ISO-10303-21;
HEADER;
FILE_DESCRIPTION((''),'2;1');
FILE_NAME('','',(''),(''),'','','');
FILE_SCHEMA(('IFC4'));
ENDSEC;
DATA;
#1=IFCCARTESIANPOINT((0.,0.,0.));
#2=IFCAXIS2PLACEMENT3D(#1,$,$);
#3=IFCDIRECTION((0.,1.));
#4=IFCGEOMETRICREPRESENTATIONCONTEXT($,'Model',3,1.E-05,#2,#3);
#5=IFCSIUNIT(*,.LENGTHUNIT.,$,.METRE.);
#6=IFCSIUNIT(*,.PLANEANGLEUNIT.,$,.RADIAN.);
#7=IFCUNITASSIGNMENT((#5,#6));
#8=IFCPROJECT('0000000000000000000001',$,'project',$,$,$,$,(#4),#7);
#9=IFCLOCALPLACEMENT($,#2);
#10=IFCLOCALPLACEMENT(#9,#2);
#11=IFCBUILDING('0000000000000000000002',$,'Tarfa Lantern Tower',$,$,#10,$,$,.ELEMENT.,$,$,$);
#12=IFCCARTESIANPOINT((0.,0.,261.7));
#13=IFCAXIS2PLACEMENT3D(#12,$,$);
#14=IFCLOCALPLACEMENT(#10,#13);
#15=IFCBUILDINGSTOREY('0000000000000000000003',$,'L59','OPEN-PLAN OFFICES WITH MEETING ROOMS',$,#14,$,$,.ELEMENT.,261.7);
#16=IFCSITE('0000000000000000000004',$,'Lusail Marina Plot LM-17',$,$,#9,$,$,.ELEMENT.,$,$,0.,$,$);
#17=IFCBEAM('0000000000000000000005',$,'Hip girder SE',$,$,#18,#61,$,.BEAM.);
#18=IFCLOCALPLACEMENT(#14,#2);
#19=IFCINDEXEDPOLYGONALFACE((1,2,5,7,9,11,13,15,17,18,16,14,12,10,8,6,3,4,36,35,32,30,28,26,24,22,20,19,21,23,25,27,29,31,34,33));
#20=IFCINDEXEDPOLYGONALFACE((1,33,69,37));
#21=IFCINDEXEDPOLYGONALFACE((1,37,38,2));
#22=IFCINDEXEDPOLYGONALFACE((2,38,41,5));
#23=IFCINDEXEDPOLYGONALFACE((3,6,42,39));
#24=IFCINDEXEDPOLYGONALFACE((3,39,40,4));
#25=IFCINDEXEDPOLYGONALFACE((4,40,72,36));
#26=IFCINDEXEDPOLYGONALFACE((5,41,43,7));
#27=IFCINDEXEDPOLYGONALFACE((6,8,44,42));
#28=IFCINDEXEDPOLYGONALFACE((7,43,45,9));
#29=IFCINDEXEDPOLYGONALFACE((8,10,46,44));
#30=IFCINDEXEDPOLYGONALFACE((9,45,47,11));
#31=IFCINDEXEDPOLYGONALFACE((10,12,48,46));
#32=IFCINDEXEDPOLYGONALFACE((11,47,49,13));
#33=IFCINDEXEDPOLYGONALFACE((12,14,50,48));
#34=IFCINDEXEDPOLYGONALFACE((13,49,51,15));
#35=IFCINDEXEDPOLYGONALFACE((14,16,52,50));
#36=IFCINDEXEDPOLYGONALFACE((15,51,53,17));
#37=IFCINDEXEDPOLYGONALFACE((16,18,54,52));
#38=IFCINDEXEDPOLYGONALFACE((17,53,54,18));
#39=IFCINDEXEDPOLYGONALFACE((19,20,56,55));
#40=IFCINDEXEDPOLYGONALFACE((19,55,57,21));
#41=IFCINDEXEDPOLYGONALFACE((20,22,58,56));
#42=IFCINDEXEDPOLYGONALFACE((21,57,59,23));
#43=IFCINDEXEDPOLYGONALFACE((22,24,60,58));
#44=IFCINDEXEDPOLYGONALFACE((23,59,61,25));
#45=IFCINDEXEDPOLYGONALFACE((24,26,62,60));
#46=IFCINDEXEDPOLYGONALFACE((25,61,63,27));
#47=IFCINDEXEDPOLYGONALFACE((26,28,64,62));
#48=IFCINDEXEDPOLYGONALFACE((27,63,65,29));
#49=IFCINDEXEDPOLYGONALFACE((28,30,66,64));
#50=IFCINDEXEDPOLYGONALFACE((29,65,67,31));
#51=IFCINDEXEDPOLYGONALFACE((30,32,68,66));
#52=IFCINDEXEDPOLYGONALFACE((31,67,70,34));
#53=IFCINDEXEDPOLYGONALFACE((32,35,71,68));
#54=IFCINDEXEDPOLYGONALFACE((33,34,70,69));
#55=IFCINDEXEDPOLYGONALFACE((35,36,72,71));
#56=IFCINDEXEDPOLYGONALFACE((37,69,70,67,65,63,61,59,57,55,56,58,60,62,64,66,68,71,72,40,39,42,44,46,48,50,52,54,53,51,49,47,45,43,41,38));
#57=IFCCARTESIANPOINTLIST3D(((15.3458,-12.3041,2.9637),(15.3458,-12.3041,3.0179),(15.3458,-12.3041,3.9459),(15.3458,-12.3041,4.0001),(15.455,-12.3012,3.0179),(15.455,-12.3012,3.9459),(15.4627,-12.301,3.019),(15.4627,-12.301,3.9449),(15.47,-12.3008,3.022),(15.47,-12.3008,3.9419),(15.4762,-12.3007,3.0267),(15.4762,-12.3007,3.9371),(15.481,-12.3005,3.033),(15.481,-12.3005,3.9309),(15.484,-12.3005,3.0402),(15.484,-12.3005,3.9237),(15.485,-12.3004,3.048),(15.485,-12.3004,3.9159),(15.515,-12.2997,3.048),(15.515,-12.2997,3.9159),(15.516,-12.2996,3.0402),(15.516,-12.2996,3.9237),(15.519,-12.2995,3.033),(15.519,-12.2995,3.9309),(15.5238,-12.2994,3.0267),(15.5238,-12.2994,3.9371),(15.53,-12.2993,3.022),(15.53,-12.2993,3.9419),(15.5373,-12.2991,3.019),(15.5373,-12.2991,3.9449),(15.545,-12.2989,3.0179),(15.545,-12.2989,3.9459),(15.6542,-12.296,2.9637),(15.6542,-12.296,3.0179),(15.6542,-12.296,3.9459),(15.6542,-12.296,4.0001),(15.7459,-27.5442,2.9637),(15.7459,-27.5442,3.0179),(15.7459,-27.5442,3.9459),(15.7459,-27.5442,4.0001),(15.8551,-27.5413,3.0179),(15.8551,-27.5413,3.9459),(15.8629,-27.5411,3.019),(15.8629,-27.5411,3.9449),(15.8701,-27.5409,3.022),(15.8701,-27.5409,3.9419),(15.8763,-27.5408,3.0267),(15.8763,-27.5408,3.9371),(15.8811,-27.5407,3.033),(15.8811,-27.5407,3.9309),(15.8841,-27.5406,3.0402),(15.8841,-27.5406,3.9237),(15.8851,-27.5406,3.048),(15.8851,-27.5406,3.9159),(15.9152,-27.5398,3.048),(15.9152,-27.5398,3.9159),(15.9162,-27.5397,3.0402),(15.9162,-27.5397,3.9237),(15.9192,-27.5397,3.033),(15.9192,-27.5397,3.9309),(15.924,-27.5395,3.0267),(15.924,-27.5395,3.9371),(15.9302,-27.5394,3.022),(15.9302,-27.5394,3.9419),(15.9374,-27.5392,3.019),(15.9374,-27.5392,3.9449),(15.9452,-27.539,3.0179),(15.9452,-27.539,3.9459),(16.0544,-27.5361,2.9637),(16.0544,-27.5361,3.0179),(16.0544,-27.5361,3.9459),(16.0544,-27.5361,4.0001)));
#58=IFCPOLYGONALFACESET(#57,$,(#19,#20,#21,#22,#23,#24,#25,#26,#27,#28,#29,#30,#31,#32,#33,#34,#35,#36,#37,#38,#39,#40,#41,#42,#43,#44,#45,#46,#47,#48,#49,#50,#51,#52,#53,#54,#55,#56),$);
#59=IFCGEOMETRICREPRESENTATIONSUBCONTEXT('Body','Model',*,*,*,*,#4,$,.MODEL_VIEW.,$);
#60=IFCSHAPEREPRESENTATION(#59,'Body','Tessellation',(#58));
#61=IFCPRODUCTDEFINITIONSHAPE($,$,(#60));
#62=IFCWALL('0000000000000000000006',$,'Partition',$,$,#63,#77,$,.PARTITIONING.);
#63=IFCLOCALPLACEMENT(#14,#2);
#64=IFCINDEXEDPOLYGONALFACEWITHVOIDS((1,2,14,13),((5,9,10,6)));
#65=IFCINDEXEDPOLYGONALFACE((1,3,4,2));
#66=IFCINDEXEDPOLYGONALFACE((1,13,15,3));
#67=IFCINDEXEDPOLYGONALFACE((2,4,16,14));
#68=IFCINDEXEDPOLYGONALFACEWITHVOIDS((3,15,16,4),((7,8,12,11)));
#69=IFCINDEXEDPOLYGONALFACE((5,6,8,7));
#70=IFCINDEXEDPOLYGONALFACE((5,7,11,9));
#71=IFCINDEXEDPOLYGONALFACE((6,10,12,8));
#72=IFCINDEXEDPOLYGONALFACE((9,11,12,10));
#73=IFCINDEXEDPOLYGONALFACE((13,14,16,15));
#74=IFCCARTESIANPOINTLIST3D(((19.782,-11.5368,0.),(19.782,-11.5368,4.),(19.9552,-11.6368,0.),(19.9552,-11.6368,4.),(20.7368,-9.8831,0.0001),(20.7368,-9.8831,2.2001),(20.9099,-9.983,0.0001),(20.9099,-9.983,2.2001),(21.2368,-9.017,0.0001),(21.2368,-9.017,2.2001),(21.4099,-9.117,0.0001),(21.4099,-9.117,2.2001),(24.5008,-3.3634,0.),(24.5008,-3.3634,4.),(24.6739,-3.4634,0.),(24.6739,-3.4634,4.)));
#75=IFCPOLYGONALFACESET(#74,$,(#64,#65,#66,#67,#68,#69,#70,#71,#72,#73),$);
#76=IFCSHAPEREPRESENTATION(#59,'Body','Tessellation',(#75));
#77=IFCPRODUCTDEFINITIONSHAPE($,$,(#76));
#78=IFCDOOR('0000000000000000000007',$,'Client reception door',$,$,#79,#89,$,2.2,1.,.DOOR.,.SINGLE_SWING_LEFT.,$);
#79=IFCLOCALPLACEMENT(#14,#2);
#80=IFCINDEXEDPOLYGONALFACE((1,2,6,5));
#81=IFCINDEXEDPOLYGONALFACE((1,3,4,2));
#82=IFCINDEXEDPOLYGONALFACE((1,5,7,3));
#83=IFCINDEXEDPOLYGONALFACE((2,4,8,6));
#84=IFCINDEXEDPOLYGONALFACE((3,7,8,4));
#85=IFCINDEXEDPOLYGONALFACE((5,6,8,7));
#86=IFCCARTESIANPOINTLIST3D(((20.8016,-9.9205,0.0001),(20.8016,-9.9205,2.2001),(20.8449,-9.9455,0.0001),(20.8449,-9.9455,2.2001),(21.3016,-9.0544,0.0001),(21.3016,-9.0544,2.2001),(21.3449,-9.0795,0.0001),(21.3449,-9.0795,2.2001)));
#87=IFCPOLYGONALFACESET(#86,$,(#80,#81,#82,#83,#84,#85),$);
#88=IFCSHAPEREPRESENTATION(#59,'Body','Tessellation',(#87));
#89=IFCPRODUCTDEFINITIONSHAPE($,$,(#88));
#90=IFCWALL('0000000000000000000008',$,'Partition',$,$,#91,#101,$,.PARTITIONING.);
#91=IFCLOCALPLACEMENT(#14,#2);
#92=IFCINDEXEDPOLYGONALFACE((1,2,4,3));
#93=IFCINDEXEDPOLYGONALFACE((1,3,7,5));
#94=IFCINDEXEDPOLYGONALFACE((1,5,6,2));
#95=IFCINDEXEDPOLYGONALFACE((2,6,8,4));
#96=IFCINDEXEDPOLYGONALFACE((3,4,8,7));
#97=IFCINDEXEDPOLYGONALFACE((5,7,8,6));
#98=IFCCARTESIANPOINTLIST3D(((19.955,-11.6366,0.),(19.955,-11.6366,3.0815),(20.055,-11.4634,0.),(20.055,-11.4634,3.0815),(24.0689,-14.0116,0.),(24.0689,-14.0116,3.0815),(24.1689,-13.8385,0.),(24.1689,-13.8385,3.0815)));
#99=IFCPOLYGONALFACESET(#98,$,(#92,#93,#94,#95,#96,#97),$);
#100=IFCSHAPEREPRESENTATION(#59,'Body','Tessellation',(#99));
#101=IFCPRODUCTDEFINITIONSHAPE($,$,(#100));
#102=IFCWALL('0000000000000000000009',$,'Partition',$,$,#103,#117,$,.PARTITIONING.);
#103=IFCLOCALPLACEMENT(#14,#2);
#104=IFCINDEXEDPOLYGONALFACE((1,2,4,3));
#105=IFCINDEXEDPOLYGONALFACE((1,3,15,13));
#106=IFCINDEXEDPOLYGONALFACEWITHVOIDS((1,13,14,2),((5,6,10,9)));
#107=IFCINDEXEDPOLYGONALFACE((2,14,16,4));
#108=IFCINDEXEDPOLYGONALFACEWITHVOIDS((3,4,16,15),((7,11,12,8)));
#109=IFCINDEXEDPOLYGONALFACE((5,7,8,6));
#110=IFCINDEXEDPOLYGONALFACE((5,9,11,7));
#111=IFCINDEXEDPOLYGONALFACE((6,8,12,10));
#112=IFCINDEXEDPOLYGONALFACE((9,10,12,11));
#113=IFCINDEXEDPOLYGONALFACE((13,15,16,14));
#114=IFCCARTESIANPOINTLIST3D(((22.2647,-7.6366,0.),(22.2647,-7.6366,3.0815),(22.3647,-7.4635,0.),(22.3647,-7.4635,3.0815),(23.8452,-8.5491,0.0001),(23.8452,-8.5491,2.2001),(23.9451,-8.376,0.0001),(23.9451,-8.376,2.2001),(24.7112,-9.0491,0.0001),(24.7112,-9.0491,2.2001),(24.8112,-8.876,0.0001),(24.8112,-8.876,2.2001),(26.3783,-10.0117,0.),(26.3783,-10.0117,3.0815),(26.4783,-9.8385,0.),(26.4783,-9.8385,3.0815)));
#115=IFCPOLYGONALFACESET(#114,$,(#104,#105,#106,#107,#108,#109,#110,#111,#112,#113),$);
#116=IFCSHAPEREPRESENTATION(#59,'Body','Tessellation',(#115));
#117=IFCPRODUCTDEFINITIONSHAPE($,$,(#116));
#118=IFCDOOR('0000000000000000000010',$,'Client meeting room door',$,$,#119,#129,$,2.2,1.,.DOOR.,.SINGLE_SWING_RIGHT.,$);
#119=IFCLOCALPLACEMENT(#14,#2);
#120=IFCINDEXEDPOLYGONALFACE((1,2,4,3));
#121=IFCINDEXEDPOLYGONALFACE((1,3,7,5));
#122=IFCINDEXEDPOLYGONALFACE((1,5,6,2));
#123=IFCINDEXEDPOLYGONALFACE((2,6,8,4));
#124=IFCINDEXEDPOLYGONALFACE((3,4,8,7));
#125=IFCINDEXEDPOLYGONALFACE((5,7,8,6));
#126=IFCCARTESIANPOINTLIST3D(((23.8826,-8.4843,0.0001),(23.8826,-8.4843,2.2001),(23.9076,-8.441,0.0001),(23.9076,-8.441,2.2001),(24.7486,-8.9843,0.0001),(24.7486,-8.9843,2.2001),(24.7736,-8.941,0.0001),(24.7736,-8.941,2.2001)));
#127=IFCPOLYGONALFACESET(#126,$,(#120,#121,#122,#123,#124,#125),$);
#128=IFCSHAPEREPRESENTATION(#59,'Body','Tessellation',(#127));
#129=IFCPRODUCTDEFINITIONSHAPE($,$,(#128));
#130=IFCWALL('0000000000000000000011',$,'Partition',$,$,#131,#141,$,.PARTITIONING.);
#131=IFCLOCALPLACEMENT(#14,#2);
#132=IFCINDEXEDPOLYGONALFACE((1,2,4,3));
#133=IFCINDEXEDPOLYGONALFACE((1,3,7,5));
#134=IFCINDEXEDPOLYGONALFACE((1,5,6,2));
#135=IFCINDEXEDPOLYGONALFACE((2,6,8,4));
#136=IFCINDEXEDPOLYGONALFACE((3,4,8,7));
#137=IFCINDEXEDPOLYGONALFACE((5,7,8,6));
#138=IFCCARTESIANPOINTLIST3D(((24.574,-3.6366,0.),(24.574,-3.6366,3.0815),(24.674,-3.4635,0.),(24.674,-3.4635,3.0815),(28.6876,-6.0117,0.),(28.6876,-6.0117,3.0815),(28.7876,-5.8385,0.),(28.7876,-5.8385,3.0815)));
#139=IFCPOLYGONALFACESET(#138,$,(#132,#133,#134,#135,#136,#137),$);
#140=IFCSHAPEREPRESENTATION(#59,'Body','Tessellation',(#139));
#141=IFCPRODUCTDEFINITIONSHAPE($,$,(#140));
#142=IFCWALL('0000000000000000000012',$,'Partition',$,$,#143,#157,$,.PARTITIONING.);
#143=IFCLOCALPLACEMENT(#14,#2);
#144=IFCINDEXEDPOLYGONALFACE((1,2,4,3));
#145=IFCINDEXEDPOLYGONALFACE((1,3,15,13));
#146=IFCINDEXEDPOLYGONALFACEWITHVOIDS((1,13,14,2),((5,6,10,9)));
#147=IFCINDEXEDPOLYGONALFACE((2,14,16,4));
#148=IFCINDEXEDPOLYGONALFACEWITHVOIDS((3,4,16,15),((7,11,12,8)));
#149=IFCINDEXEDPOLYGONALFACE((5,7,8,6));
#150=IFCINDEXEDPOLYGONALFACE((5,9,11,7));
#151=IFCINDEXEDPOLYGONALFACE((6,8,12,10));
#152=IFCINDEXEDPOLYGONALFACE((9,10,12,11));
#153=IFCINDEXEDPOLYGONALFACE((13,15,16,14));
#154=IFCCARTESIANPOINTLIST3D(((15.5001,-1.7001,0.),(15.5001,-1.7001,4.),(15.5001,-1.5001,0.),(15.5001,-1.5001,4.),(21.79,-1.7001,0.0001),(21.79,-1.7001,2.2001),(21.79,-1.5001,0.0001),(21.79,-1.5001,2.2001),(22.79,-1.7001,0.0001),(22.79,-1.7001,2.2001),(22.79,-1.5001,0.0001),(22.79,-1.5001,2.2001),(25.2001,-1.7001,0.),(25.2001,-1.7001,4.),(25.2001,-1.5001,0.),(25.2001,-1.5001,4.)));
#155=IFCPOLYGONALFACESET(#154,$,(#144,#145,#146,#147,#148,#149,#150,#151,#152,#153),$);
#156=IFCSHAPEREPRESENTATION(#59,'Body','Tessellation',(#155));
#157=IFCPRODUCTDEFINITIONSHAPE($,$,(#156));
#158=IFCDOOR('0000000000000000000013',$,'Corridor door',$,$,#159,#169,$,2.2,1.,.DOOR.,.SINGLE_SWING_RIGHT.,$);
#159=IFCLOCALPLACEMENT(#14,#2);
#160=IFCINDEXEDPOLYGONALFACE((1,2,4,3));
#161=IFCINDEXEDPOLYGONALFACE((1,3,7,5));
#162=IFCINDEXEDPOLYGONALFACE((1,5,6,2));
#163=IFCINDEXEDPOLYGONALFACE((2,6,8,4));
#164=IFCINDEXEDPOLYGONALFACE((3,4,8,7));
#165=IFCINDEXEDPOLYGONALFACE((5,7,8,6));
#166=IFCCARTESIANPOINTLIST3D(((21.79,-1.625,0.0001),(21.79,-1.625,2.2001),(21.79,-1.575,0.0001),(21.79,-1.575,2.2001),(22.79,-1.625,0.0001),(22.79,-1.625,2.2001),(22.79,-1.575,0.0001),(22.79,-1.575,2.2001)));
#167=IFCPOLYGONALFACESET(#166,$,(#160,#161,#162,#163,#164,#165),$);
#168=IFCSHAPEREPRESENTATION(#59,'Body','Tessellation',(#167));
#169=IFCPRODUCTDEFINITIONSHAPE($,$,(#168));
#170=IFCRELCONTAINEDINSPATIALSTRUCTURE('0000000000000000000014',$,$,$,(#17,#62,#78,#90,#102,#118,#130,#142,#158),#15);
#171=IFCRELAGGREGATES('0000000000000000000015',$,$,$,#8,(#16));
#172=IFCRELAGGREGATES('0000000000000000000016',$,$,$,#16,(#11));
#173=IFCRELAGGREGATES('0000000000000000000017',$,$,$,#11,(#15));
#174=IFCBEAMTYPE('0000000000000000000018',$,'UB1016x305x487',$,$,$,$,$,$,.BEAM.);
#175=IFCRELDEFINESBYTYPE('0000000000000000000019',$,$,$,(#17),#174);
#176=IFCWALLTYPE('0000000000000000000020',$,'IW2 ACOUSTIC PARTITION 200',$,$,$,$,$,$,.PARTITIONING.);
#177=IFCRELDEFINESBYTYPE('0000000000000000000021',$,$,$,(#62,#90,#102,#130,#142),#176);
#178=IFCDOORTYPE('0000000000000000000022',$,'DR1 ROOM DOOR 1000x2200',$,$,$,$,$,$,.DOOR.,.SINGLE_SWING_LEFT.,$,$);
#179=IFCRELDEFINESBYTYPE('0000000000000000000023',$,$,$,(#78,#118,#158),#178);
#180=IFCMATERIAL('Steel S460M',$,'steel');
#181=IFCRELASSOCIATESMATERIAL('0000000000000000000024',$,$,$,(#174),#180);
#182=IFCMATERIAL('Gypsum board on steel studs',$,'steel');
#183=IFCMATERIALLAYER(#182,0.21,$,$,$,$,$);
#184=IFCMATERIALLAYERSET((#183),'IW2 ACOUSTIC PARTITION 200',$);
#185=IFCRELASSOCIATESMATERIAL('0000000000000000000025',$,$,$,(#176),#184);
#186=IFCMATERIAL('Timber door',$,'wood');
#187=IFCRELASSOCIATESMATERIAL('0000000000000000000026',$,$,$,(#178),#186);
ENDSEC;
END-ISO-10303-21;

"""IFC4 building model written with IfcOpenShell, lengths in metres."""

from ifc_helpers import new_model, si_unit, direction, frame, frame_2d, origin, origin_2d, place, context, subcontext, project, spatial, rectangle, i_section, extrude, material, layer, layer_set, material_profile, profile_set, type_object, element, fill, save


model = new_model("IFC4")

# Units and contexts
model_context = context("Model", 3, precision=1e-05, world=origin(), true_north=direction((0.0, 1.0)))
body_context = subcontext(model_context, "Body", "Model", "MODEL_VIEW")
ifc_project = project(units=[si_unit("LENGTHUNIT", "METRE"), si_unit("PLANEANGLEUNIT", "RADIAN")], contexts=[model_context])

# Site, building, storey
site_placement = place(None, origin())
site = spatial("IfcSite", under=ifc_project, at=site_placement, Name="Lusail Marina Plot LM-17", CompositionType="ELEMENT", RefElevation=0.0)
building_placement = place(site_placement, origin())
building = spatial("IfcBuilding", under=site, at=building_placement, Name="Tarfa Lantern Tower", CompositionType="ELEMENT")
storey_placement = place(building_placement, frame((0.0, 0.0, 261.7)))
storey = spatial("IfcBuildingStorey", under=building, at=storey_placement, Name="L59", Description="OPEN-PLAN OFFICES WITH MEETING ROOMS", CompositionType="ELEMENT", Elevation=261.7)

# Beam
ifc_material_1 = material(Name="Steel S460M", Category="steel")
ifc_material_profile = material_profile(ifc_material_1, i_section(OverallWidth=0.3086, OverallDepth=1.0364, WebThickness=0.03, FlangeThickness=0.0542, FilletRadius=0.03, at=origin_2d()), Name="UB1016x305x487")
ifc_profile_set = profile_set([ifc_material_profile], Name="Steel S460M")
beam_type = type_object("IfcBeamType", Name="UB1016x305x487", PredefinedType="BEAM", material=ifc_profile_set)
beam_placement = place(storey_placement, frame((15.5, -12.3, 3.4819), z_axis=(0.026247, -0.999655, 0.0), x_axis=(0.999655, 0.026247, 0.0)))
element("IfcBeam", 1, at=beam_placement, inside=storey, type_object=beam_type, Name="Hip girder SE", PredefinedType="BEAM", context=body_context, shape_type="SweptSolid", body=[
    extrude(i_section(OverallWidth=0.3086, OverallDepth=1.0364, WebThickness=0.03, FlangeThickness=0.0542, FilletRadius=0.03, at=origin_2d()), origin(), (0.0, 0.0, 1.0), 15.2454),
])

# Wall, opening, door
ifc_material_2 = material(Name="Gypsum board on steel studs", Category="steel")
ifc_layer_1 = layer(ifc_material_2, 0.21)
ifc_layer_set_1 = layer_set([ifc_layer_1], Name="IW2 ACOUSTIC PARTITION 200")
wall_type_1 = type_object("IfcWallType", Name="IW2 ACOUSTIC PARTITION 200", PredefinedType="PARTITIONING", material=ifc_layer_set_1)
wall_1_placement = place(storey_placement, frame((19.8687, -11.5867, 0.0), z_axis=(0.0, 0.0, 1.0), x_axis=(0.49999, 0.866031, 0.0)))
wall_1 = element("IfcWall", 2, at=wall_1_placement, inside=storey, type_object=wall_type_1, Name="Partition", PredefinedType="PARTITIONING", context=body_context, shape_type="SweptSolid", body=[
    extrude(rectangle(XDim=9.4377, YDim=0.2, at=frame_2d((4.7188, 0.0))), origin(), (0.0, 0.0, 1.0), 4.0),
])
opening_1_placement = place(wall_1_placement, frame((1.9094, 0.0, 0.0)))
opening_1 = element("IfcOpeningElement", 3, at=opening_1_placement, cuts=wall_1, PredefinedType="OPENING", context=body_context, shape_type="SweptSolid", body=[
    extrude(rectangle(XDim=1.0, YDim=2.2, at=frame_2d((0.5, 1.1001))), frame((0.0, 0.1099, 0.0), z_axis=(0.0, -1.0, 0.0), x_axis=(1.0, 0.0, 0.0)), (0.0, 0.0, 1.0), 0.22),
])
ifc_material_3 = material(Name="Timber door", Category="wood")
door_type_1 = type_object("IfcDoorType", Name="DR1 ROOM DOOR 1000x2200", OperationType="SINGLE_SWING_LEFT", PredefinedType="DOOR", material=ifc_material_3)
door_1_placement = place(opening_1_placement, frame((1.0, 0.0, 0.0), z_axis=(0.0, 0.0, 1.0), x_axis=(-1.0, 0.0, 0.0)))
door_1 = element("IfcDoor", 4, at=door_1_placement, inside=storey, type_object=door_type_1, Name="Client reception door", OperationType="SINGLE_SWING_LEFT", OverallHeight=2.2, OverallWidth=1.0, PredefinedType="DOOR", context=body_context, shape_type="SweptSolid", body=[
    extrude(rectangle(XDim=1.0, YDim=2.2, at=frame_2d((0.5, 1.1001))), frame((0.0, 0.0249, 0.0), z_axis=(0.0, -1.0, 0.0), x_axis=(1.0, 0.0, 0.0)), (0.0, 0.0, 1.0), 0.05),
])
fill(opening_1, door_1)

# Wall
wall_2_placement = place(storey_placement, frame((20.0051, -11.55, 0.0), z_axis=(0.0, 0.0, 1.0), x_axis=(0.866033, -0.499986, 0.0)))
element("IfcWall", 5, at=wall_2_placement, inside=storey, type_object=wall_type_1, Name="Partition", PredefinedType="PARTITIONING", context=body_context, shape_type="SweptSolid", body=[
    extrude(rectangle(XDim=4.7502, YDim=0.2, at=frame_2d((2.375, 0.0))), origin(), (0.0, 0.0, 1.0), 3.0815),
])

# Wall, opening, door
wall_3_placement = place(storey_placement, frame((22.3147, -7.55, 0.0), z_axis=(0.0, 0.0, 1.0), x_axis=(0.86602, -0.500009, 0.0)))
wall_3 = element("IfcWall", 6, at=wall_3_placement, inside=storey, type_object=wall_type_1, Name="Partition", PredefinedType="PARTITIONING", context=body_context, shape_type="SweptSolid", body=[
    extrude(rectangle(XDim=4.75, YDim=0.2, at=frame_2d((2.375, 0.0))), origin(), (0.0, 0.0, 1.0), 3.0815),
])
opening_2_placement = place(wall_3_placement, frame((1.825, 0.0, 0.0)))
opening_2 = element("IfcOpeningElement", 7, at=opening_2_placement, cuts=wall_3, PredefinedType="OPENING", context=body_context, shape_type="SweptSolid", body=[
    extrude(rectangle(XDim=1.0, YDim=2.2, at=frame_2d((0.5, 1.1001))), frame((0.0, 0.1099, 0.0), z_axis=(0.0, -1.0, 0.0), x_axis=(1.0, 0.0, 0.0)), (0.0, 0.0, 1.0), 0.22),
])
door_2_placement = place(opening_2_placement, origin())
door_2 = element("IfcDoor", 8, at=door_2_placement, inside=storey, type_object=door_type_1, Name="Client meeting room door", OperationType="SINGLE_SWING_RIGHT", OverallHeight=2.2, OverallWidth=1.0, PredefinedType="DOOR", context=body_context, shape_type="SweptSolid", body=[
    extrude(rectangle(XDim=1.0, YDim=2.2, at=frame_2d((0.5, 1.1001))), frame((0.0, 0.0249, 0.0), z_axis=(0.0, -1.0, 0.0), x_axis=(1.0, 0.0, 0.0)), (0.0, 0.0, 1.0), 0.05),
])
fill(opening_2, door_2)

# Wall
wall_4_placement = place(storey_placement, frame((24.624, -3.55, 0.0), z_axis=(0.0, 0.0, 1.0), x_axis=(0.86602, -0.500009, 0.0)))
element("IfcWall", 9, at=wall_4_placement, inside=storey, type_object=wall_type_1, Name="Partition", PredefinedType="PARTITIONING", context=body_context, shape_type="SweptSolid", body=[
    extrude(rectangle(XDim=4.75, YDim=0.2, at=frame_2d((2.375, 0.0))), origin(), (0.0, 0.0, 1.0), 3.0815),
])

# Wall, opening, door
wall_5_placement = place(storey_placement, frame((15.5, -1.6001, 0.0), z_axis=(0.0, 0.0, 1.0), x_axis=(1.0, 0.0, 0.0)))
wall_5 = element("IfcWall", 10, at=wall_5_placement, inside=storey, type_object=wall_type_1, Name="Partition", PredefinedType="PARTITIONING", context=body_context, shape_type="SweptSolid", body=[
    extrude(rectangle(XDim=9.7, YDim=0.2, at=frame_2d((4.8501, 0.0))), origin(), (0.0, 0.0, 1.0), 4.0),
])
opening_3_placement = place(wall_5_placement, frame((6.29, 0.0, 0.0)))
opening_3 = element("IfcOpeningElement", 11, at=opening_3_placement, cuts=wall_5, PredefinedType="OPENING", context=body_context, shape_type="SweptSolid", body=[
    extrude(rectangle(XDim=1.0, YDim=2.2, at=frame_2d((0.5, 1.1001))), frame((0.0, 0.1099, 0.0), z_axis=(0.0, -1.0, 0.0), x_axis=(1.0, 0.0, 0.0)), (0.0, 0.0, 1.0), 0.22),
])
door_3_placement = place(opening_3_placement, frame((1.0, 0.0, 0.0), z_axis=(0.0, 0.0, 1.0), x_axis=(-1.0, 0.0, 0.0)))
door_3 = element("IfcDoor", 12, at=door_3_placement, inside=storey, type_object=door_type_1, Name="Corridor door", OperationType="SINGLE_SWING_RIGHT", OverallHeight=2.2, OverallWidth=1.0, PredefinedType="DOOR", context=body_context, shape_type="SweptSolid", body=[
    extrude(rectangle(XDim=1.0, YDim=2.2, at=frame_2d((0.5, 1.1001))), frame((0.0, 0.0249, 0.0), z_axis=(0.0, -1.0, 0.0), x_axis=(1.0, 0.0, 0.0)), (0.0, 0.0, 1.0), 0.05),
])
fill(opening_3, door_3)

save(model, "model.ifc")
